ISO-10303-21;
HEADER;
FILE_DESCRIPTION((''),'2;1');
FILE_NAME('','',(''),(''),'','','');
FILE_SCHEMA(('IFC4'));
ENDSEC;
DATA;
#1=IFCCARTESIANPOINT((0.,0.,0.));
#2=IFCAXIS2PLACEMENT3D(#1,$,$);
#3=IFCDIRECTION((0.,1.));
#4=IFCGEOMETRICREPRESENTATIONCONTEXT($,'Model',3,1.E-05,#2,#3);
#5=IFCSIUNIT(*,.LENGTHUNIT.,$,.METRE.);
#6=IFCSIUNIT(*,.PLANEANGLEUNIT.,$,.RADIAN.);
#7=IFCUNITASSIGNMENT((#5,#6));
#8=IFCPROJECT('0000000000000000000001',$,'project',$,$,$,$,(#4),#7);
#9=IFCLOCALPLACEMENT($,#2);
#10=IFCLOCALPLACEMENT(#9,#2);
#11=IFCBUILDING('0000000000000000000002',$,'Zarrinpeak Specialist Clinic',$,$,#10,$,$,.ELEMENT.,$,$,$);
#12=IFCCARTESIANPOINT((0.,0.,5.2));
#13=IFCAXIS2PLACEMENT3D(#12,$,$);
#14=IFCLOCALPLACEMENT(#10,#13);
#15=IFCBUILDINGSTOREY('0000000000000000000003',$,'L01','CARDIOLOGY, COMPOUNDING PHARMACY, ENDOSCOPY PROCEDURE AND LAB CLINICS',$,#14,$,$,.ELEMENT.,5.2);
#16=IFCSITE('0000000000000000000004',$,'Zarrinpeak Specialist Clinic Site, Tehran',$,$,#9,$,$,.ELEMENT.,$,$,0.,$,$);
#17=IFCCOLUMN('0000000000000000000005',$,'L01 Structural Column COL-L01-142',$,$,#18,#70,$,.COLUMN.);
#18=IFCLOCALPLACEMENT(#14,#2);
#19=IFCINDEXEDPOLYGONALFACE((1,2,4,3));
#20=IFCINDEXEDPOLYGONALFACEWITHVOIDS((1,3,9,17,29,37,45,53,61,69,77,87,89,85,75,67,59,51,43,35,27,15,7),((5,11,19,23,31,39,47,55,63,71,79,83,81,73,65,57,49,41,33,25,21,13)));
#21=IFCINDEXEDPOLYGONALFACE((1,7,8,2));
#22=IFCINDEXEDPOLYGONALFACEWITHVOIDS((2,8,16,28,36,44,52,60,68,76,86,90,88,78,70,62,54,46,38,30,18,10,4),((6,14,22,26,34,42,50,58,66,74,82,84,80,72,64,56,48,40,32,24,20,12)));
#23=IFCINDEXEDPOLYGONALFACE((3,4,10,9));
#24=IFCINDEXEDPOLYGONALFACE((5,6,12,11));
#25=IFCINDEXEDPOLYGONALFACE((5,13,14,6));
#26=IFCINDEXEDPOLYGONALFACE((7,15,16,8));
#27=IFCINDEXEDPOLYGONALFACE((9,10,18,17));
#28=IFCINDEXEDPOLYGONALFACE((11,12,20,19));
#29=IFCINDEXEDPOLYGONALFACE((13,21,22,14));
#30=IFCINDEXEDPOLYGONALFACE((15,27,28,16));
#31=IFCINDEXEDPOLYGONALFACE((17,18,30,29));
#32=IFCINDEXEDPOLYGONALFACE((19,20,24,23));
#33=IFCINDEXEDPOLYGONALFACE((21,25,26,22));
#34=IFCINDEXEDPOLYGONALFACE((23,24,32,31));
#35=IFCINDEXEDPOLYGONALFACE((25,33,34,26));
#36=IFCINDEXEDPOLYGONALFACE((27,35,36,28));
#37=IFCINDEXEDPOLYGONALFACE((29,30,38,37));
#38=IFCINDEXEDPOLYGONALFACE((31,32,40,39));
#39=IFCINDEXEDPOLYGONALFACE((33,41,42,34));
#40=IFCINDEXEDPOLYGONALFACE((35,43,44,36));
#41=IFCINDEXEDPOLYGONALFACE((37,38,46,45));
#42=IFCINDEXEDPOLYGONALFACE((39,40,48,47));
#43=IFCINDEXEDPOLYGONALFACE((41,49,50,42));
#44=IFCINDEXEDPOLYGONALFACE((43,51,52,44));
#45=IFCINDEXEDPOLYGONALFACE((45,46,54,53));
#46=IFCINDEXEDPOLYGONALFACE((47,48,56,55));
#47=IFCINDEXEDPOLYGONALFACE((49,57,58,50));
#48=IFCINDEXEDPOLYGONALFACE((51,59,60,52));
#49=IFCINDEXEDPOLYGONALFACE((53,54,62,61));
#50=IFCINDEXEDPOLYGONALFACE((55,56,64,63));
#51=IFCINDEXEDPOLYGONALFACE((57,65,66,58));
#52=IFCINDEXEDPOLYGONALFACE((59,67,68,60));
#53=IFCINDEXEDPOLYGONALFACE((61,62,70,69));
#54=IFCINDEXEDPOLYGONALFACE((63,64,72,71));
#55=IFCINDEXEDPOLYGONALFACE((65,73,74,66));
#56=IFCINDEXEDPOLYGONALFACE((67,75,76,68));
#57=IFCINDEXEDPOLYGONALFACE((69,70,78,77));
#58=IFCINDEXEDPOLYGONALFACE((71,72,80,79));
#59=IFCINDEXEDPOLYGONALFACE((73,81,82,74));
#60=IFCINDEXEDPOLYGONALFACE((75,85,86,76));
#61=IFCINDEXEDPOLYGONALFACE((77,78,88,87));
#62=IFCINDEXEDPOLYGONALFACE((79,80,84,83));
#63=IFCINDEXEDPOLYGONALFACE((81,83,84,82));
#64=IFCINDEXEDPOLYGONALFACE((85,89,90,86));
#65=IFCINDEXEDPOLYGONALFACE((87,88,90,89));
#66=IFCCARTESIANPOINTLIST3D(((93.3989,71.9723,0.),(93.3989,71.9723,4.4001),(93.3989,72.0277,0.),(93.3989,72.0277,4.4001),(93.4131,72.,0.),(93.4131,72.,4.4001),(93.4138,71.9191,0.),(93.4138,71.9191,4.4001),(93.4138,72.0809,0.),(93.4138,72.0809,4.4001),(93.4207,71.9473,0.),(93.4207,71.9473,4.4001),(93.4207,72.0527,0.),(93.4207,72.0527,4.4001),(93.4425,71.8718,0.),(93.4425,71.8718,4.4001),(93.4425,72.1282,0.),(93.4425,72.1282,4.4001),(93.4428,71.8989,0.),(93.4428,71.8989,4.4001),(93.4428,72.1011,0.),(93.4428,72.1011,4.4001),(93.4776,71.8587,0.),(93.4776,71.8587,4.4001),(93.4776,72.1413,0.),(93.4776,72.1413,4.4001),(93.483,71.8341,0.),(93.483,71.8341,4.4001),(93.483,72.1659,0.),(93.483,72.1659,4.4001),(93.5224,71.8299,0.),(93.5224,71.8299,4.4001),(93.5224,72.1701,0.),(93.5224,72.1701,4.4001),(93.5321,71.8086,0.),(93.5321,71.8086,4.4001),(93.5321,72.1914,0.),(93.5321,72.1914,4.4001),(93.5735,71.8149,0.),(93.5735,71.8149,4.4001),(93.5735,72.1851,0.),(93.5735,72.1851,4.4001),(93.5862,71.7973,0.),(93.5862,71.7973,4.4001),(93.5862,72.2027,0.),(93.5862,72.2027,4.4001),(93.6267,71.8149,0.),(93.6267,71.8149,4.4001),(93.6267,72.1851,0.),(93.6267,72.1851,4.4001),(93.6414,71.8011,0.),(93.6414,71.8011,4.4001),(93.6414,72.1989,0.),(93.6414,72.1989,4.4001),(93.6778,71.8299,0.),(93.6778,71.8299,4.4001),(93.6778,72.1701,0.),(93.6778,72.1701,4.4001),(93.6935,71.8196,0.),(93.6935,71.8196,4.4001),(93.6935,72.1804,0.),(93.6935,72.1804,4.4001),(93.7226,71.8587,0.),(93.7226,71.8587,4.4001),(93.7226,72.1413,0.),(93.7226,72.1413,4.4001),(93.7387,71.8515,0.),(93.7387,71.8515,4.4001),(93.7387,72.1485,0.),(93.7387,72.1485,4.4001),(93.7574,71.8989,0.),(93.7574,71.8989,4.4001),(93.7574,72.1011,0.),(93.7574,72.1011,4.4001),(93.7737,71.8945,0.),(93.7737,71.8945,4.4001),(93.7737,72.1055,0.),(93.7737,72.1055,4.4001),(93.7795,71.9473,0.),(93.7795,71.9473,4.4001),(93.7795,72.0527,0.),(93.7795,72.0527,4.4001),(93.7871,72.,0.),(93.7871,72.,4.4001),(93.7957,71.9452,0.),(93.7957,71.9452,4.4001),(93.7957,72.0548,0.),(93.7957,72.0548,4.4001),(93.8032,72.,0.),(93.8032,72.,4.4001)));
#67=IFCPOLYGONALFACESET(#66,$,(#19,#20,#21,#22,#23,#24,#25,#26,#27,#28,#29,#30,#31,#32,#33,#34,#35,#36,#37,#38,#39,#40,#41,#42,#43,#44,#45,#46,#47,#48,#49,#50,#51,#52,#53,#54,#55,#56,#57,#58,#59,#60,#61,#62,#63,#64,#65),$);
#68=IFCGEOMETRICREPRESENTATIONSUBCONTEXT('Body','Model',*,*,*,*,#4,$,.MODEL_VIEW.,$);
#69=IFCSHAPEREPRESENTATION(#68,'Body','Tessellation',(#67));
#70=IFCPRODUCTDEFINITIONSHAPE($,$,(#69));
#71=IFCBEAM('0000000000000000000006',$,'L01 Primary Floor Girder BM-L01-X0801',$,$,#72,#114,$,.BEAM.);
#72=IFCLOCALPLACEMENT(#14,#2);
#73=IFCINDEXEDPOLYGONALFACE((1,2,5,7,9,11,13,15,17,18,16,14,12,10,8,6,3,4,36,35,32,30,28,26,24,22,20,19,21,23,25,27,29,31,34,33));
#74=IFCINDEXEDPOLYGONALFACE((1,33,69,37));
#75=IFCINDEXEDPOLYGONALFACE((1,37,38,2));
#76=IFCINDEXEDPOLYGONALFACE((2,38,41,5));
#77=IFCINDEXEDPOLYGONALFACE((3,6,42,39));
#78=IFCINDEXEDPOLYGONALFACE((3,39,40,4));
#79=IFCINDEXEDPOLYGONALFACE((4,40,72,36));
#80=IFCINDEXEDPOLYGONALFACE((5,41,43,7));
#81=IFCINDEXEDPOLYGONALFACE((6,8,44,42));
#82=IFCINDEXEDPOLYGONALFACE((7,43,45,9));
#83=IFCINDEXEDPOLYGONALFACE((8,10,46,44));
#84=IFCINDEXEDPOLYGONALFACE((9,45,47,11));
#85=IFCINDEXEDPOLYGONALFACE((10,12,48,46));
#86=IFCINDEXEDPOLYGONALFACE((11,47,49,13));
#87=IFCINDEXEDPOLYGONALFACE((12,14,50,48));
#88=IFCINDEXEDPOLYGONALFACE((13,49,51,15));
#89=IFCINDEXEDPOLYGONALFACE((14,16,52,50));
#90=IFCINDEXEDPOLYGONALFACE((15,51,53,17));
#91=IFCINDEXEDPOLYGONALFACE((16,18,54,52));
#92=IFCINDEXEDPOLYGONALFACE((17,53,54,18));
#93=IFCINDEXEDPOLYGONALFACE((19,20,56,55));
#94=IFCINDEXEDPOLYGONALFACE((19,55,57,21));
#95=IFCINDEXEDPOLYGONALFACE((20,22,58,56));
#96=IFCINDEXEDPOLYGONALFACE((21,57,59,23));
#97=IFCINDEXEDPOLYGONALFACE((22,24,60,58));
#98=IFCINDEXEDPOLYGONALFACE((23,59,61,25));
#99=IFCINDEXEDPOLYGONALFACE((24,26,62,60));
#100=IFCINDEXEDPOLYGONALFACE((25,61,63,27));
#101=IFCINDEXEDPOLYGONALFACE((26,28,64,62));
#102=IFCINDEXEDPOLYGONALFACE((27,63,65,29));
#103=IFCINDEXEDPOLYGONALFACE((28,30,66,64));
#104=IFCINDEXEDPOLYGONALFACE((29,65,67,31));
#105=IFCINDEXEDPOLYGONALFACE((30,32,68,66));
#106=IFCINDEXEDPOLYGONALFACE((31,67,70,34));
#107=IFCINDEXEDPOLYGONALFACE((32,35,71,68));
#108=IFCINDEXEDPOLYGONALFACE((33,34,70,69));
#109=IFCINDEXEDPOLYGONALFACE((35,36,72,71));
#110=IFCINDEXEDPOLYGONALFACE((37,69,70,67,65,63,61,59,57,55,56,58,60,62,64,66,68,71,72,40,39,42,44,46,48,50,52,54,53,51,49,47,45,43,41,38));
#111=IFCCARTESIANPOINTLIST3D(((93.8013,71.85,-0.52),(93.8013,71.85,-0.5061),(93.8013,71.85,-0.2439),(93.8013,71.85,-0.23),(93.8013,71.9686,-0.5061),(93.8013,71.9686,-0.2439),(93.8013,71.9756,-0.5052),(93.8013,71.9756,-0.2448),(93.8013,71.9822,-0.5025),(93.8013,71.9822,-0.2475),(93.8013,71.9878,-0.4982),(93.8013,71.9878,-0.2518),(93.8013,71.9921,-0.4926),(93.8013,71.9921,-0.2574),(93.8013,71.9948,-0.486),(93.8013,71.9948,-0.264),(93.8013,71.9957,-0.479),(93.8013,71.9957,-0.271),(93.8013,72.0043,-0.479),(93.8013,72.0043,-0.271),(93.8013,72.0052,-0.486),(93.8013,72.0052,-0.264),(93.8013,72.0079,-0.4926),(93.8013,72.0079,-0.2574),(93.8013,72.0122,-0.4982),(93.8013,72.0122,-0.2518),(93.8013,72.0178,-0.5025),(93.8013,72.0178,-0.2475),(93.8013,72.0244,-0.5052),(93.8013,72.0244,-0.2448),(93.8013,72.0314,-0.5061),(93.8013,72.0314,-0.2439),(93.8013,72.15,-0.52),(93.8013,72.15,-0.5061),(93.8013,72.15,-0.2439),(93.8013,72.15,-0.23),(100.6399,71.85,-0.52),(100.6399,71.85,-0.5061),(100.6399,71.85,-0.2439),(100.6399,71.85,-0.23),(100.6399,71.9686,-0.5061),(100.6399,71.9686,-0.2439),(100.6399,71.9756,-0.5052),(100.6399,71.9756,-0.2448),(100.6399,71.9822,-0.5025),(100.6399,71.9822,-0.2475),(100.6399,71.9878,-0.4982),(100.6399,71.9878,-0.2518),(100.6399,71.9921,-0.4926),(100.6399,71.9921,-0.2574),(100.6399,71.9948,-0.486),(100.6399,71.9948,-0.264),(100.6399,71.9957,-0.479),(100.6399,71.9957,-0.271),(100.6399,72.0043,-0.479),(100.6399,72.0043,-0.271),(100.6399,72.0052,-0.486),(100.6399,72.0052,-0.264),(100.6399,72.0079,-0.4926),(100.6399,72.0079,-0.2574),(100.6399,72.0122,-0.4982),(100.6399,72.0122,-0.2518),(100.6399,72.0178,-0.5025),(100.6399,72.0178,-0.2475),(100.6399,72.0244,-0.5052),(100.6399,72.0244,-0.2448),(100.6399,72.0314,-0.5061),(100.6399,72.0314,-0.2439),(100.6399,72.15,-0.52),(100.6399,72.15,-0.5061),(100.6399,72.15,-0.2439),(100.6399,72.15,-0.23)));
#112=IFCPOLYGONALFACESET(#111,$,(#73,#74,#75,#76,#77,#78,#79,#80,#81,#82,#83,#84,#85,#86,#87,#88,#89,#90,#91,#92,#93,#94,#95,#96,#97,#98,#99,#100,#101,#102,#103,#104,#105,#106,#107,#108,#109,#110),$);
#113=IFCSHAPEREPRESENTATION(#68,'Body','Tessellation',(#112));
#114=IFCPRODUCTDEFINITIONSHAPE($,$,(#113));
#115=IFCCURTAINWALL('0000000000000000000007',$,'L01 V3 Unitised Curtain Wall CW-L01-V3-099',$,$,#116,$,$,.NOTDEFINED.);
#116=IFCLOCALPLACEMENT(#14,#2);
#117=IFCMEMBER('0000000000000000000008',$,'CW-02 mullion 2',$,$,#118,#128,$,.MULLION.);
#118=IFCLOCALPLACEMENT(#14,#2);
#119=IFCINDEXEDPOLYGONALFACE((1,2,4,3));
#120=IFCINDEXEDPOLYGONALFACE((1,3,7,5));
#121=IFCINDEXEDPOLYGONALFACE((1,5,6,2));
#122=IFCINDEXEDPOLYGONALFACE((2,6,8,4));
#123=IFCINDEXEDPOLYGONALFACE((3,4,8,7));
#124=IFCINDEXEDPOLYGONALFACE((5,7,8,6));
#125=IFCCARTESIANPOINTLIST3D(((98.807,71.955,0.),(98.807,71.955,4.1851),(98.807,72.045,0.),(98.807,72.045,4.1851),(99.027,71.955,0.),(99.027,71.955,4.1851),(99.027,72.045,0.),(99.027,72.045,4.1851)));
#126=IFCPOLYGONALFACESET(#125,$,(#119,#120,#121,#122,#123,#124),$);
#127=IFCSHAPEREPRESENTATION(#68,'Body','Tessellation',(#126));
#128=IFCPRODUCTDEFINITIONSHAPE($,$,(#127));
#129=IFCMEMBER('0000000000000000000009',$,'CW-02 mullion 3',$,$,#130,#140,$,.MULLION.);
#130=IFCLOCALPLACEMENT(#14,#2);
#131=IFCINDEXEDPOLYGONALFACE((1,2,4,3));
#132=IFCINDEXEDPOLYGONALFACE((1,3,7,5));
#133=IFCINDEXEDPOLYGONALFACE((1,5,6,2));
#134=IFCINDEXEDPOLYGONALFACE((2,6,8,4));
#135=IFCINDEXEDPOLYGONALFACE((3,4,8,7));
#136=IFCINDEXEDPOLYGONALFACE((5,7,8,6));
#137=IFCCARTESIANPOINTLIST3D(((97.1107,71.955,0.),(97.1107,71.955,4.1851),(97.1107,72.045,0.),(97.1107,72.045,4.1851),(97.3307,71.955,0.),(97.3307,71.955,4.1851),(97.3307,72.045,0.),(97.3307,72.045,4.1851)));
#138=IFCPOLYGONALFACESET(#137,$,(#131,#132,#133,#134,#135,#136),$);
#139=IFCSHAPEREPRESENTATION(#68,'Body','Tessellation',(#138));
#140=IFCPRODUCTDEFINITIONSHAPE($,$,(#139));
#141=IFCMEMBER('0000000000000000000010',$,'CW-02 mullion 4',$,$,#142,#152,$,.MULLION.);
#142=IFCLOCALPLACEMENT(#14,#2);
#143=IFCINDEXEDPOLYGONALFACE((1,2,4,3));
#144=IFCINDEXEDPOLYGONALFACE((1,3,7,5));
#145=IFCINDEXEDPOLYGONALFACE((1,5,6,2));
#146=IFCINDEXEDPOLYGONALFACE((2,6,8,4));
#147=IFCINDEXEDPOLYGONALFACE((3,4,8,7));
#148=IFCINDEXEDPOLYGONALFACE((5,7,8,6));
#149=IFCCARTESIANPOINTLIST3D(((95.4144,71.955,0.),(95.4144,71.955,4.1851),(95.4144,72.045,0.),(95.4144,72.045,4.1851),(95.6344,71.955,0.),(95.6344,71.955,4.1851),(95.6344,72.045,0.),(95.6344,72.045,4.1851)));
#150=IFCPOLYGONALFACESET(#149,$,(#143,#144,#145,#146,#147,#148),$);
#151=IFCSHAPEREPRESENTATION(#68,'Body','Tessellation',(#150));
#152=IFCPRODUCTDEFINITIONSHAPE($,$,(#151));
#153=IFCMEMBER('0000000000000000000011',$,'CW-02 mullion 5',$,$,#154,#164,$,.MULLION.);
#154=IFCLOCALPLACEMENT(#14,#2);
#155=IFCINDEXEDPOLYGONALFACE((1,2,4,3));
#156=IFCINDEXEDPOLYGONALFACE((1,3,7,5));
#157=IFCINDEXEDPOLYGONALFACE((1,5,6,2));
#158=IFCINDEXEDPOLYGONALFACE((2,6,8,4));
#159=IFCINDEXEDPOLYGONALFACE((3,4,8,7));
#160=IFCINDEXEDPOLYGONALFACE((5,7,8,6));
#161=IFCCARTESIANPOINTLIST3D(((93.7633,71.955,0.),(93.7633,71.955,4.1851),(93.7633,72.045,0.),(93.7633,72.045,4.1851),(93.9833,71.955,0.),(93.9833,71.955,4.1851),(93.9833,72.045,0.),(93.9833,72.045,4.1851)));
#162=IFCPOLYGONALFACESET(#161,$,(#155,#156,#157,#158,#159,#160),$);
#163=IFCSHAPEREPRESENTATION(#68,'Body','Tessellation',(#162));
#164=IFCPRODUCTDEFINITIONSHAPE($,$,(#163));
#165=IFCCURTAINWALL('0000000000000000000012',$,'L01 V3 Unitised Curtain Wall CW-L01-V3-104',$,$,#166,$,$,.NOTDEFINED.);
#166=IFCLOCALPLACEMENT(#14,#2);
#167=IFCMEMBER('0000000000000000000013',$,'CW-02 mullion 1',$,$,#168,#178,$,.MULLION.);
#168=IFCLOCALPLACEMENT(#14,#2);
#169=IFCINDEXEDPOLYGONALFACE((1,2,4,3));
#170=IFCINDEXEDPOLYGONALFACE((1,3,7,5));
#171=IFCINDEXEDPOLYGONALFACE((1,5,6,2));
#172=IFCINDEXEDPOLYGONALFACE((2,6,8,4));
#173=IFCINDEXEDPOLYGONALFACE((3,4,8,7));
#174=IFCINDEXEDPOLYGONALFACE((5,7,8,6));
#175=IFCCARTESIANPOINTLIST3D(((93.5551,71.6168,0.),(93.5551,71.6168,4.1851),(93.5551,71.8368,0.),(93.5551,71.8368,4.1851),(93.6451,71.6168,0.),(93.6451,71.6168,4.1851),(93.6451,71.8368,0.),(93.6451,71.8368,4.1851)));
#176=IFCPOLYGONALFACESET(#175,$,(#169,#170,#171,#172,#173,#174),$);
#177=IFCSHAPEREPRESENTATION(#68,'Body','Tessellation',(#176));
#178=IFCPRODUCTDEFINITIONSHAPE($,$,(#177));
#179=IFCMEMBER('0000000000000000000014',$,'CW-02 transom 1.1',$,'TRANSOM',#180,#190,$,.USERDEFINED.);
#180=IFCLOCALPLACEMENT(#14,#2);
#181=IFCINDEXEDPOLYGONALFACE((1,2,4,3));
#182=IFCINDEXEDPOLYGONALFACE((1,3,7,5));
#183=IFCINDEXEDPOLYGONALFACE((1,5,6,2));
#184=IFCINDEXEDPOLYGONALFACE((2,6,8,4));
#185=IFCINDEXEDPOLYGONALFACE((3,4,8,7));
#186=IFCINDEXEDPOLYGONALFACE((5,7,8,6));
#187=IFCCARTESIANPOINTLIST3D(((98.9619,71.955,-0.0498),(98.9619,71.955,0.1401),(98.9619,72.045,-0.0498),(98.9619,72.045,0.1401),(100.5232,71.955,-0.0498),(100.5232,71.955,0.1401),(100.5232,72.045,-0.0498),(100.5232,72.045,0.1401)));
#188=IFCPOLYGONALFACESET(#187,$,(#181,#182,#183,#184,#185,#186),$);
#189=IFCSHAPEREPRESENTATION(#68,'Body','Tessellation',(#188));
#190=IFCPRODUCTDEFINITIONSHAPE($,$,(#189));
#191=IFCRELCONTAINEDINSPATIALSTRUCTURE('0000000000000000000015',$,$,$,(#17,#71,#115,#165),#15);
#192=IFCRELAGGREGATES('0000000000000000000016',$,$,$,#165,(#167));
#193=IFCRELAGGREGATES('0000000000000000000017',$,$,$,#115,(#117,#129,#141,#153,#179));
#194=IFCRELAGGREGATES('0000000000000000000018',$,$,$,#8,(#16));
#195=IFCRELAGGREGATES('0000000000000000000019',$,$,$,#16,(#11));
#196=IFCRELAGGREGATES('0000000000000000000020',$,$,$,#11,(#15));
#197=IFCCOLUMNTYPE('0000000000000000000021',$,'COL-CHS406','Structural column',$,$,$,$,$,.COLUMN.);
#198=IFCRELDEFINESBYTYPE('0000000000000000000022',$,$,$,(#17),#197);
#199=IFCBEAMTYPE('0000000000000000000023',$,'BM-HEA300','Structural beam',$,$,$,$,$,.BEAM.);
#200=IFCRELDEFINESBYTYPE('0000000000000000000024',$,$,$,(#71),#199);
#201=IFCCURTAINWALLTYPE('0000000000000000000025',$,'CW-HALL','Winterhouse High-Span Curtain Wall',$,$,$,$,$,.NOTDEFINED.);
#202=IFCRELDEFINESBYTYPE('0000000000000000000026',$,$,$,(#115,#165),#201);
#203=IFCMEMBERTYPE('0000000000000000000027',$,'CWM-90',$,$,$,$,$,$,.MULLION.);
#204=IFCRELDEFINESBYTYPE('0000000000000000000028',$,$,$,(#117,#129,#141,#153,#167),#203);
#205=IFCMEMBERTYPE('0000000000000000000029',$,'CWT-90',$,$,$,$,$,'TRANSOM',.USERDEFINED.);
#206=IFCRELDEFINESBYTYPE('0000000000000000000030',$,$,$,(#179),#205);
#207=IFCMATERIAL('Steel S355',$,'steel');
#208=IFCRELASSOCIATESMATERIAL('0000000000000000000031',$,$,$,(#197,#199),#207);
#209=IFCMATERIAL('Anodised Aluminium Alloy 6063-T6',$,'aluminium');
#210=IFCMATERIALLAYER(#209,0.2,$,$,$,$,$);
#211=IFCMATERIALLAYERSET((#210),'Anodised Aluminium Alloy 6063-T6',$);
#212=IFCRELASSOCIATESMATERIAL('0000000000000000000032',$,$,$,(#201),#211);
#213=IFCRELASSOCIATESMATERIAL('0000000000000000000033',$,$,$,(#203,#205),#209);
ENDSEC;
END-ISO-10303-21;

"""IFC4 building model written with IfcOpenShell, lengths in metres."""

from ifc_helpers import new_model, si_unit, direction, frame, origin, origin_2d, place, context, subcontext, project, spatial, rectangle, hollow_circle, i_section, extrude, material, layer, layer_set, material_profile, profile_set, type_object, element, aggregate, save


model = new_model("IFC4")

# Units and contexts
model_context = context("Model", 3, precision=1e-05, world=origin(), true_north=direction((0.0, 1.0)))
body_context = subcontext(model_context, "Body", "Model", "MODEL_VIEW")
ifc_project = project(units=[si_unit("LENGTHUNIT", "METRE"), si_unit("PLANEANGLEUNIT", "RADIAN")], contexts=[model_context])

# Site, building, storey
site_placement = place(None, origin())
site = spatial("IfcSite", under=ifc_project, at=site_placement, Name="Zarrinpeak Specialist Clinic Site, Tehran", CompositionType="ELEMENT", RefElevation=0.0)
building_placement = place(site_placement, origin())
building = spatial("IfcBuilding", under=site, at=building_placement, Name="Zarrinpeak Specialist Clinic", CompositionType="ELEMENT")
storey_placement = place(building_placement, frame((0.0, 0.0, 5.2)))
storey = spatial("IfcBuildingStorey", under=building, at=storey_placement, Name="L01", Description="CARDIOLOGY, COMPOUNDING PHARMACY, ENDOSCOPY PROCEDURE AND LAB CLINICS", CompositionType="ELEMENT", Elevation=5.2)

# Column
ifc_material_1 = material(Name="Steel S355", Category="steel")
ifc_material_profile_1 = material_profile(ifc_material_1, hollow_circle(Radius=0.2031, WallThickness=0.0161, at=origin_2d()), Name="CHS 406.4x16.0")
ifc_profile_set_1 = profile_set([ifc_material_profile_1], Name="Steel S355")
column_type = type_object("IfcColumnType", Name="COL-CHS406", Description="Structural column", PredefinedType="COLUMN", material=ifc_profile_set_1)
column_placement = place(storey_placement, frame((93.6001, 72.0, 0.0), z_axis=(0.0, 0.0, 1.0), x_axis=(1.0, 0.0, 0.0)))
element("IfcColumn", 1, at=column_placement, inside=storey, type_object=column_type, Name="L01 Structural Column COL-L01-142", PredefinedType="COLUMN", context=body_context, shape_type="SweptSolid", body=[
    extrude(hollow_circle(Radius=0.2031, WallThickness=0.0161, at=origin_2d()), origin(), (0.0, 0.0, 1.0), 4.4001),
])

# Beam
ifc_material_profile_2 = material_profile(ifc_material_1, i_section(OverallWidth=0.3, OverallDepth=0.29, WebThickness=0.0085, FlangeThickness=0.0139, FilletRadius=0.0271, at=origin_2d()), Name="HEA 300")
ifc_profile_set_2 = profile_set([ifc_material_profile_2], Name="Steel S355")
beam_type = type_object("IfcBeamType", Name="BM-HEA300", Description="Structural beam", PredefinedType="BEAM", material=ifc_profile_set_2)
beam_placement = place(storey_placement, frame((93.8013, 72.0, -0.375), z_axis=(1.0, 0.0, 0.0), x_axis=(0.0, 1.0, 0.0)))
element("IfcBeam", 2, at=beam_placement, inside=storey, type_object=beam_type, Name="L01 Primary Floor Girder BM-L01-X0801", PredefinedType="BEAM", context=body_context, shape_type="SweptSolid", body=[
    extrude(i_section(OverallWidth=0.3, OverallDepth=0.29, WebThickness=0.0085, FlangeThickness=0.0139, FilletRadius=0.0271, at=origin_2d()), origin(), (0.0, 0.0, 1.0), 6.8386),
])

# Curtain wall, members
ifc_material_2 = material(Name="Anodised Aluminium Alloy 6063-T6", Category="aluminium")
ifc_layer_1 = layer(ifc_material_2, 0.2)
ifc_layer_set_1 = layer_set([ifc_layer_1], Name="Anodised Aluminium Alloy 6063-T6")
curtain_wall_type = type_object("IfcCurtainWallType", Name="CW-HALL", Description="Winterhouse High-Span Curtain Wall", PredefinedType="NOTDEFINED", material=ifc_layer_set_1)
curtain_wall_1_placement = place(storey_placement, origin())
curtain_wall_1 = element("IfcCurtainWall", 3, at=curtain_wall_1_placement, inside=storey, type_object=curtain_wall_type, Name="L01 V3 Unitised Curtain Wall CW-L01-V3-099", PredefinedType="NOTDEFINED")
ifc_material_profile_3 = material_profile(ifc_material_2, rectangle(XDim=0.0901, YDim=0.22, at=origin_2d()), Name="ALU 90x220")
ifc_profile_set_3 = profile_set([ifc_material_profile_3], Name="Anodised Aluminium Alloy 6063-T6")
member_type_1 = type_object("IfcMemberType", Name="CWM-90", PredefinedType="MULLION", material=ifc_profile_set_3)
member_1_placement = place(storey_placement, frame((98.917, 72.0, 0.0), z_axis=(0.0, 0.0, 1.0), x_axis=(0.0, -1.0, 0.0)))
member_1 = element("IfcMember", 4, at=member_1_placement, type_object=member_type_1, Name="CW-02 mullion 2", PredefinedType="MULLION", context=body_context, shape_type="SweptSolid", body=[
    extrude(rectangle(XDim=0.0901, YDim=0.22, at=origin_2d()), origin(), (0.0, 0.0, 1.0), 4.1851),
])
member_2_placement = place(storey_placement, frame((97.2207, 72.0, 0.0), z_axis=(0.0, 0.0, 1.0), x_axis=(0.0, -1.0, 0.0)))
member_2 = element("IfcMember", 5, at=member_2_placement, type_object=member_type_1, Name="CW-02 mullion 3", PredefinedType="MULLION", context=body_context, shape_type="SweptSolid", body=[
    extrude(rectangle(XDim=0.0901, YDim=0.22, at=origin_2d()), origin(), (0.0, 0.0, 1.0), 4.1851),
])
member_3_placement = place(storey_placement, frame((95.5244, 72.0, 0.0), z_axis=(0.0, 0.0, 1.0), x_axis=(0.0, -1.0, 0.0)))
member_3 = element("IfcMember", 6, at=member_3_placement, type_object=member_type_1, Name="CW-02 mullion 4", PredefinedType="MULLION", context=body_context, shape_type="SweptSolid", body=[
    extrude(rectangle(XDim=0.0901, YDim=0.22, at=origin_2d()), origin(), (0.0, 0.0, 1.0), 4.1851),
])
member_4_placement = place(storey_placement, frame((93.8733, 72.0, 0.0), z_axis=(0.0, 0.0, 1.0), x_axis=(0.0, -1.0, 0.0)))
member_4 = element("IfcMember", 7, at=member_4_placement, type_object=member_type_1, Name="CW-02 mullion 5", PredefinedType="MULLION", context=body_context, shape_type="SweptSolid", body=[
    extrude(rectangle(XDim=0.0901, YDim=0.22, at=origin_2d()), origin(), (0.0, 0.0, 1.0), 4.1851),
])

# Curtain wall, member
curtain_wall_2_placement = place(storey_placement, origin())
curtain_wall_2 = element("IfcCurtainWall", 8, at=curtain_wall_2_placement, inside=storey, type_object=curtain_wall_type, Name="L01 V3 Unitised Curtain Wall CW-L01-V3-104", PredefinedType="NOTDEFINED")
member_5_placement = place(storey_placement, frame((93.6001, 71.7268, 0.0), z_axis=(0.0, 0.0, 1.0), x_axis=(1.0, 0.0, 0.0)))
member_5 = element("IfcMember", 9, at=member_5_placement, type_object=member_type_1, Name="CW-02 mullion 1", PredefinedType="MULLION", context=body_context, shape_type="SweptSolid", body=[
    extrude(rectangle(XDim=0.0901, YDim=0.22, at=origin_2d()), origin(), (0.0, 0.0, 1.0), 4.1851),
])

# Member
ifc_material_profile_4 = material_profile(ifc_material_2, rectangle(XDim=0.0901, YDim=0.1899, at=origin_2d()), Name="ALU 90x190")
ifc_profile_set_4 = profile_set([ifc_material_profile_4], Name="Anodised Aluminium Alloy 6063-T6")
member_type_2 = type_object("IfcMemberType", Name="CWT-90", ElementType="TRANSOM", PredefinedType="USERDEFINED", material=ifc_profile_set_4)
member_6_placement = place(storey_placement, frame((100.5232, 72.0, 0.0452), z_axis=(-1.0, 0.0, 0.0), x_axis=(0.0, -1.0, 0.0)))
member_6 = element("IfcMember", 10, at=member_6_placement, type_object=member_type_2, Name="CW-02 transom 1.1", ObjectType="TRANSOM", PredefinedType="USERDEFINED", context=body_context, shape_type="SweptSolid", body=[
    extrude(rectangle(XDim=0.0901, YDim=0.1899, at=origin_2d()), origin(), (0.0, 0.0, 1.0), 1.5613),
])
aggregate(curtain_wall_2, [member_5])

aggregate(curtain_wall_1, [member_1, member_2, member_3, member_4, member_6])

save(model, "model.ifc")
